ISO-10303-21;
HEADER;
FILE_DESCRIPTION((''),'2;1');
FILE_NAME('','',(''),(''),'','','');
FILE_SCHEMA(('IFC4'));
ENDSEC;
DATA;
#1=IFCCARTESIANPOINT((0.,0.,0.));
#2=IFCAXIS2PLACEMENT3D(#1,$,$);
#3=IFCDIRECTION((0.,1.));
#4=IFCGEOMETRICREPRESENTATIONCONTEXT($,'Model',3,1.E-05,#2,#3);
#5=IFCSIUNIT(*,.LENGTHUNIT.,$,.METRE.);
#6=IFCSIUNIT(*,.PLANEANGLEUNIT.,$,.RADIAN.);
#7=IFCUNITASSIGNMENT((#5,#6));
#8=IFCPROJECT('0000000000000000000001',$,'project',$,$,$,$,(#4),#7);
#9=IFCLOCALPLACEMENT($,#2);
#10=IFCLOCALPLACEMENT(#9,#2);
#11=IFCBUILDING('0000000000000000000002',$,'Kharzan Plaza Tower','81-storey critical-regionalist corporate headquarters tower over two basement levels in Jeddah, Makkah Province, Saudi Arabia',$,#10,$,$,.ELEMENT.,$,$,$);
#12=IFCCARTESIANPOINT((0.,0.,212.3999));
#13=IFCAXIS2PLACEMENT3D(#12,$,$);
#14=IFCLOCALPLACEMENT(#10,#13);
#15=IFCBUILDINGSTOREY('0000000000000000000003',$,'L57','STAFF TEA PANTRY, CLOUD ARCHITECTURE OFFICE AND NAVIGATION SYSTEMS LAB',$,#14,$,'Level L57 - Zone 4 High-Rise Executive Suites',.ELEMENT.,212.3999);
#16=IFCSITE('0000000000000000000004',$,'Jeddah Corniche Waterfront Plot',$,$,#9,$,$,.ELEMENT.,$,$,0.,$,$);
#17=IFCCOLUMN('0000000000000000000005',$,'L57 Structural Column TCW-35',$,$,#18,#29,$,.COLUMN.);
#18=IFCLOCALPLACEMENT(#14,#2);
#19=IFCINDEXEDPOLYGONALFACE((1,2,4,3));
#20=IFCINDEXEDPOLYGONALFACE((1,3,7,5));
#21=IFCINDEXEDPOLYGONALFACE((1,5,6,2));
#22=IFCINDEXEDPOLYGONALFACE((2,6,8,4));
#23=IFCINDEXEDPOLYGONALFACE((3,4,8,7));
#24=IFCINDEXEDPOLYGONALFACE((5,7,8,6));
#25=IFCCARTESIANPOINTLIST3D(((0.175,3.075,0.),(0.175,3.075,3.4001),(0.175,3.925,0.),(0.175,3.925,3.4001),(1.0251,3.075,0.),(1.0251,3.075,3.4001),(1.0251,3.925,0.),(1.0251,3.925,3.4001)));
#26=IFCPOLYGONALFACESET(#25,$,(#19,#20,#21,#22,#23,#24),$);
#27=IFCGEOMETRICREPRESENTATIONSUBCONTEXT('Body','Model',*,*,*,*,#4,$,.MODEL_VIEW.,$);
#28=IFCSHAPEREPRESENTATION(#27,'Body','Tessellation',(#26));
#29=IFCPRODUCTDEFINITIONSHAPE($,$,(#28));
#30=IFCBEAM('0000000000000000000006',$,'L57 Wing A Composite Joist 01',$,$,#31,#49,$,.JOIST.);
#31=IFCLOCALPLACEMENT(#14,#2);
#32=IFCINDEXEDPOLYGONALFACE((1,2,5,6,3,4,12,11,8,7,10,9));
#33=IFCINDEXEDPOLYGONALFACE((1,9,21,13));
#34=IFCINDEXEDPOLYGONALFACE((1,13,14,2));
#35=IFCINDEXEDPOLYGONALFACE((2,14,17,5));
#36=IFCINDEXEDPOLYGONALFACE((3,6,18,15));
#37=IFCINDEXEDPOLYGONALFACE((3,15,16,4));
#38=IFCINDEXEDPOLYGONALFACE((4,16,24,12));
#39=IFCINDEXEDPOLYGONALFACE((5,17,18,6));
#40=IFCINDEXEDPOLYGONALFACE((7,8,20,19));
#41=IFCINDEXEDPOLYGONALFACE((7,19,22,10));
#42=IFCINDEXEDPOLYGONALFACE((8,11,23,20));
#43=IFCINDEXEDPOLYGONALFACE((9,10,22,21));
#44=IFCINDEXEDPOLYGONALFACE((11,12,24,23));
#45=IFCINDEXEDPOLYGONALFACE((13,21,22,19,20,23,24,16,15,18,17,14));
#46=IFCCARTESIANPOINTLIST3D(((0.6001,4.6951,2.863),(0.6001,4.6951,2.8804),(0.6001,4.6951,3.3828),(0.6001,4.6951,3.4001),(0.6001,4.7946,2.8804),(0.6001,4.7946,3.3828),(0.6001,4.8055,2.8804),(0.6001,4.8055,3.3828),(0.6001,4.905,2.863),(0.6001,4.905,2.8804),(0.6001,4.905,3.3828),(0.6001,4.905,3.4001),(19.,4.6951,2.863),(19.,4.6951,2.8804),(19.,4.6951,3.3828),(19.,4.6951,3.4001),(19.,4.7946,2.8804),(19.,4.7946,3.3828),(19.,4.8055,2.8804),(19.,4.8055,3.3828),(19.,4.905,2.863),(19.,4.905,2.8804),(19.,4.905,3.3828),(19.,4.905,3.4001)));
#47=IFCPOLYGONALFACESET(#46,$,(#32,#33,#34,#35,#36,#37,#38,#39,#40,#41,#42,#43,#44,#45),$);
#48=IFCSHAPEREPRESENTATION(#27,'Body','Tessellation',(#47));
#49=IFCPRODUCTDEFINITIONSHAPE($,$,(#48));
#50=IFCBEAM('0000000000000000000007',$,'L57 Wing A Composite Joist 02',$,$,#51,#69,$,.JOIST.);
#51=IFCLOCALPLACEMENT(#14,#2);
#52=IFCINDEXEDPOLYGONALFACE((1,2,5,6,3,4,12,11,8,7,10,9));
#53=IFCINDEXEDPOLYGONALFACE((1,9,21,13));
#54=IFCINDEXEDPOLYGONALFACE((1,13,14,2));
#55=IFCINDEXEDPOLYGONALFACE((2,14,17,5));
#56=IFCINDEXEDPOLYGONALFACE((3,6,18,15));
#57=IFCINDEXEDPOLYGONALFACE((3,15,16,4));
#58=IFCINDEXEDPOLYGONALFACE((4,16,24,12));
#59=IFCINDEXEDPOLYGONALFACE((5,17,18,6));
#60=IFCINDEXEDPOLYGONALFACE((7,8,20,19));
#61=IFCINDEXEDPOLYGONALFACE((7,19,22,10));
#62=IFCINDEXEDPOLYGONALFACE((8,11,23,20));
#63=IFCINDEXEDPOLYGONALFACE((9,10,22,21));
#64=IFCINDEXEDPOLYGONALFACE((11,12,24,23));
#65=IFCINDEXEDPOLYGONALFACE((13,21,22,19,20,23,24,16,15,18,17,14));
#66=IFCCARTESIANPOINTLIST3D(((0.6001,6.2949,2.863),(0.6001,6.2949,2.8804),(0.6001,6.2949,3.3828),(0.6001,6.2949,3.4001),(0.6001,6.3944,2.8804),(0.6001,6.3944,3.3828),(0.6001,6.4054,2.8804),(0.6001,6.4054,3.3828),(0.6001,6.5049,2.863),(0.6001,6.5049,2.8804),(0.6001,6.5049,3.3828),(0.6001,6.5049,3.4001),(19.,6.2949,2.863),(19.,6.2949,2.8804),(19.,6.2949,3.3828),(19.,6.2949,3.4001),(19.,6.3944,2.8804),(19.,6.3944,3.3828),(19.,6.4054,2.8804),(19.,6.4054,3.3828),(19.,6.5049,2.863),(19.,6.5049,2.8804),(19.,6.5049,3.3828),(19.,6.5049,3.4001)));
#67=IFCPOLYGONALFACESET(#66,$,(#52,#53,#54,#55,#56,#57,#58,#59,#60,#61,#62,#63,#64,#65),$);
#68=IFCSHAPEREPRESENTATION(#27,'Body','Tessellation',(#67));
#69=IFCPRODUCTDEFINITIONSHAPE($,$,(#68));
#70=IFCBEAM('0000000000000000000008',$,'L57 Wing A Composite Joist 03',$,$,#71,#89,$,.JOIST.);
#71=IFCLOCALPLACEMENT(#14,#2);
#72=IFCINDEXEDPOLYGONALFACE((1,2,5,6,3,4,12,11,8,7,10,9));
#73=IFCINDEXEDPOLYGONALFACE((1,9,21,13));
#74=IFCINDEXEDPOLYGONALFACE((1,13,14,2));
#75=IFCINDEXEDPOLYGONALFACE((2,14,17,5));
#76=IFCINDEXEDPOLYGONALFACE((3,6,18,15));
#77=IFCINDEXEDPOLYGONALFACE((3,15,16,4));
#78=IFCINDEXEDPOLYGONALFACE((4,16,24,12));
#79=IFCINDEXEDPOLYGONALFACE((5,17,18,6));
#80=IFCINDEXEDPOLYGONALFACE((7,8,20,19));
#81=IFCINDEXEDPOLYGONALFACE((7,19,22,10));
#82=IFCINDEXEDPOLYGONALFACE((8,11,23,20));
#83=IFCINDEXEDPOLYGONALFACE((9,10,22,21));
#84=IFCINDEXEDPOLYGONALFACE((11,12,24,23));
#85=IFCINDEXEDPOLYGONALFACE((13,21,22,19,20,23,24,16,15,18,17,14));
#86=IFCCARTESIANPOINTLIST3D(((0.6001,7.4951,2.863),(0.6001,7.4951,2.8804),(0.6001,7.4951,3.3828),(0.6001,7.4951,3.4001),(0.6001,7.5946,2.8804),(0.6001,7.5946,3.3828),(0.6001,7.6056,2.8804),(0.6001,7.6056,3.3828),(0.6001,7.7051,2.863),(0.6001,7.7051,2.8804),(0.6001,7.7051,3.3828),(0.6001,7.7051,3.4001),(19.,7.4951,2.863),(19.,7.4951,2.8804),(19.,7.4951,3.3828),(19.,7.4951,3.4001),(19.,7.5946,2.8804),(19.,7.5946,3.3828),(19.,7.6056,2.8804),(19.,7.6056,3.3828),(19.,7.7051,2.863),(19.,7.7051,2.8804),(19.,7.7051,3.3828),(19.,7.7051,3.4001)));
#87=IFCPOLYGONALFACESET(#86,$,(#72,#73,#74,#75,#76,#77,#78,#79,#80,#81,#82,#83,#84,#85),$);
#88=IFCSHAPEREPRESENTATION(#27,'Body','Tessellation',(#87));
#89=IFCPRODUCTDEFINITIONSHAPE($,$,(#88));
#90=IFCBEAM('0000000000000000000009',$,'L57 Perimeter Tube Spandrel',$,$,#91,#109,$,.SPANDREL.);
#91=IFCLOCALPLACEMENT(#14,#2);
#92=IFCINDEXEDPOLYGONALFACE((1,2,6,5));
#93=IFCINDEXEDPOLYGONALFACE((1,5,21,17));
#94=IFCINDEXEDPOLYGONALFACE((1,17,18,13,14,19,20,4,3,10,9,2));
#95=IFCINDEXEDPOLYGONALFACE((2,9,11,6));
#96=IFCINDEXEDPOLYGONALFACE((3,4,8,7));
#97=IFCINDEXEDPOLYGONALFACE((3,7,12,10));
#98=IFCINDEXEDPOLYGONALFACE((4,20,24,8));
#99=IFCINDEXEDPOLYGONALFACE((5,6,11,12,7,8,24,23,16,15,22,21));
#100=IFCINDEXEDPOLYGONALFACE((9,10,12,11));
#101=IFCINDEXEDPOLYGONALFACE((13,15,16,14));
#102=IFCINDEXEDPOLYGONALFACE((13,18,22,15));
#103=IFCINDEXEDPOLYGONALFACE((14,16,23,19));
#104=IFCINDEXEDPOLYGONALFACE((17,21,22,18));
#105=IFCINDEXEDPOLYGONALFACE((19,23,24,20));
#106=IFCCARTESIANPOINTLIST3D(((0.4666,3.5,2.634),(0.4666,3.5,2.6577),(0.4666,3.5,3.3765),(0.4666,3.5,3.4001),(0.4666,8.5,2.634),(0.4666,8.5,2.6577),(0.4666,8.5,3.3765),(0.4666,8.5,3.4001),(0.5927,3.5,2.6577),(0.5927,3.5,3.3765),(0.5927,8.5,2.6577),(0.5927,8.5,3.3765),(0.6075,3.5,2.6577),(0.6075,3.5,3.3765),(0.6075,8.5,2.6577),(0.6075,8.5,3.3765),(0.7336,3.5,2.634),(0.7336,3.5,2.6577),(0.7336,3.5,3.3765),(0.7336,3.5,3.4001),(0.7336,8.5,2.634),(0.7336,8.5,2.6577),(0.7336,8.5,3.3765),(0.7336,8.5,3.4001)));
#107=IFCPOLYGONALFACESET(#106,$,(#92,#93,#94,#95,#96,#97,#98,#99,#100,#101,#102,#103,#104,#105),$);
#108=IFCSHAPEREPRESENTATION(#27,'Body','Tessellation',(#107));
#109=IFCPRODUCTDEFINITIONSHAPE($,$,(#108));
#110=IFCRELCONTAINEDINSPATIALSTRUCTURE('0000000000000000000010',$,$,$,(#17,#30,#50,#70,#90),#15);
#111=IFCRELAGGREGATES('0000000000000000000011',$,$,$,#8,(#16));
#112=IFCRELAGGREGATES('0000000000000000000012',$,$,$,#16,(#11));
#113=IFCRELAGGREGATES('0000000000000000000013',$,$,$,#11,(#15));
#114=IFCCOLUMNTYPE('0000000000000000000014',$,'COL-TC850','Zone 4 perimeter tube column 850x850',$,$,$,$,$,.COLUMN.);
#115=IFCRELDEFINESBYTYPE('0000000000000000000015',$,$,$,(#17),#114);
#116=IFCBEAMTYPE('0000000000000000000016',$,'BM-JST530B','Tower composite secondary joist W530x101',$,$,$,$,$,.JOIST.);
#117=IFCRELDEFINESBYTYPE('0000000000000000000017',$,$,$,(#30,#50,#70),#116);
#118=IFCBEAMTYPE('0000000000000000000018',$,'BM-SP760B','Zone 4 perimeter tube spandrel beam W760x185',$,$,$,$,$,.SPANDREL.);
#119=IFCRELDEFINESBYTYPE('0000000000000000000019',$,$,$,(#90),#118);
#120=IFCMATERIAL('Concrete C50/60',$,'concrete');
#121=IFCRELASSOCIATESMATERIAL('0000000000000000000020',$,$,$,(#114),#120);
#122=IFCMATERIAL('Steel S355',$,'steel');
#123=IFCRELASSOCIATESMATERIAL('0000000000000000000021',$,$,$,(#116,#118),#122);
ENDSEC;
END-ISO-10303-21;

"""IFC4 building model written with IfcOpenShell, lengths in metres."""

from ifc_helpers import new_model, si_unit, direction, frame, origin, origin_2d, place, context, subcontext, project, spatial, rectangle, i_section, extrude, source, transform, mapped, material, material_profile, profile_set, type_object, element, save


model = new_model("IFC4")

# Units and contexts
model_context = context("Model", 3, precision=1e-05, world=origin(), true_north=direction((0.0, 1.0)))
body_context = subcontext(model_context, "Body", "Model", "MODEL_VIEW")
ifc_project = project(units=[si_unit("LENGTHUNIT", "METRE"), si_unit("PLANEANGLEUNIT", "RADIAN")], contexts=[model_context])

# Site, building, storey
site_placement = place(None, origin())
site = spatial("IfcSite", under=ifc_project, at=site_placement, Name="Jeddah Corniche Waterfront Plot", CompositionType="ELEMENT", RefElevation=0.0)
building_placement = place(site_placement, origin())
building = spatial("IfcBuilding", under=site, at=building_placement, Name="Kharzan Plaza Tower", Description="81-storey critical-regionalist corporate headquarters tower over two basement levels in Jeddah, Makkah Province, Saudi Arabia", CompositionType="ELEMENT")
storey_placement = place(building_placement, frame((0.0, 0.0, 212.3999)))
storey = spatial("IfcBuildingStorey", under=building, at=storey_placement, Name="L57", Description="STAFF TEA PANTRY, CLOUD ARCHITECTURE OFFICE AND NAVIGATION SYSTEMS LAB", LongName="Level L57 - Zone 4 High-Rise Executive Suites", CompositionType="ELEMENT", Elevation=212.3999)

# Column
ifc_material_1 = material(Name="Concrete C50/60", Category="concrete")
ifc_material_profile_1 = material_profile(ifc_material_1, rectangle(XDim=0.8501, YDim=0.8501, at=origin_2d()), Name="RC-TC850x850")
ifc_profile_set_1 = profile_set([ifc_material_profile_1], Name="Concrete C50/60")
column_type = type_object("IfcColumnType", Name="COL-TC850", Description="Zone 4 perimeter tube column 850x850", PredefinedType="COLUMN", material=ifc_profile_set_1)
shared_shape_1 = source(origin(), body_context, "Body", "SweptSolid", [
    extrude(rectangle(XDim=0.8501, YDim=0.8501, at=origin_2d()), origin(), (0.0, 0.0, 1.0), 3.4001),
])
column_placement = place(storey_placement, frame((0.6001, 3.5, 0.0), z_axis=(0.0, 0.0, 1.0), x_axis=(1.0, 0.0, 0.0)))
element("IfcColumn", 1, at=column_placement, inside=storey, type_object=column_type, Name="L57 Structural Column TCW-35", PredefinedType="COLUMN", context=body_context, shape_type="MappedRepresentation", body=[
    mapped(shared_shape_1, transform((0.0, 0.0, 0.0), x_axis=(1.0, 0.0, 0.0), y_axis=(0.0, 1.0, 0.0), z_axis=(0.0, 0.0, 1.0))),
])

# Beams
ifc_material_2 = material(Name="Steel S355", Category="steel")
ifc_material_profile_2 = material_profile(ifc_material_2, i_section(OverallWidth=0.21, OverallDepth=0.5371, WebThickness=0.011, FlangeThickness=0.0173, at=origin_2d()), Name="W530x101")
ifc_profile_set_2 = profile_set([ifc_material_profile_2], Name="Steel S355")
beam_type_1 = type_object("IfcBeamType", Name="BM-JST530B", Description="Tower composite secondary joist W530x101", PredefinedType="JOIST", material=ifc_profile_set_2)
shared_shape_2 = source(origin(), body_context, "Body", "SweptSolid", [
    extrude(i_section(OverallWidth=0.21, OverallDepth=0.5371, WebThickness=0.011, FlangeThickness=0.0173, at=origin_2d()), origin(), (0.0, 0.0, 1.0), 18.3999),
])
for number, where, z_axis, x_axis, name in (
    (2, (0.6001, 4.8, 3.1316), (1.0, 0.0, 0.0), (0.0, 1.0, 0.0), "L57 Wing A Composite Joist 01"),
    (3, (0.6001, 6.3999, 3.1316), (1.0, 0.0, 0.0), (0.0, 1.0, 0.0), "L57 Wing A Composite Joist 02"),
    (4, (0.6001, 7.6001, 3.1316), (1.0, 0.0, 0.0), (0.0, 1.0, 0.0), "L57 Wing A Composite Joist 03"),
):
    element("IfcBeam", number, at=place(storey_placement, frame(where, z_axis=z_axis, x_axis=x_axis)), inside=storey, type_object=beam_type_1, Name=name, PredefinedType="JOIST", context=body_context, shape_type="MappedRepresentation", body=[
        mapped(shared_shape_2, transform((0.0, 0.0, 0.0), x_axis=(1.0, 0.0, 0.0), y_axis=(0.0, 1.0, 0.0), z_axis=(0.0, 0.0, 1.0))),
    ])
ifc_material_profile_3 = material_profile(ifc_material_2, i_section(OverallWidth=0.2671, OverallDepth=0.7661, WebThickness=0.0149, FlangeThickness=0.0237, at=origin_2d()), Name="W760x185")
ifc_profile_set_3 = profile_set([ifc_material_profile_3], Name="Steel S355")
beam_type_2 = type_object("IfcBeamType", Name="BM-SP760B", Description="Zone 4 perimeter tube spandrel beam W760x185", PredefinedType="SPANDREL", material=ifc_profile_set_3)
shared_shape_3 = source(origin(), body_context, "Body", "SweptSolid", [
    extrude(i_section(OverallWidth=0.2671, OverallDepth=0.7661, WebThickness=0.0149, FlangeThickness=0.0237, at=origin_2d()), origin(), (0.0, 0.0, 1.0), 5.0),
])
beam_placement = place(storey_placement, frame((0.6001, 3.5, 3.0171), z_axis=(0.0, 1.0, 0.0), x_axis=(-1.0, 0.0, 0.0)))
element("IfcBeam", 5, at=beam_placement, inside=storey, type_object=beam_type_2, Name="L57 Perimeter Tube Spandrel", PredefinedType="SPANDREL", context=body_context, shape_type="MappedRepresentation", body=[
    mapped(shared_shape_3, transform((0.0, 0.0, 0.0), x_axis=(1.0, 0.0, 0.0), y_axis=(0.0, 1.0, 0.0), z_axis=(0.0, 0.0, 1.0))),
])

save(model, "model.ifc")
